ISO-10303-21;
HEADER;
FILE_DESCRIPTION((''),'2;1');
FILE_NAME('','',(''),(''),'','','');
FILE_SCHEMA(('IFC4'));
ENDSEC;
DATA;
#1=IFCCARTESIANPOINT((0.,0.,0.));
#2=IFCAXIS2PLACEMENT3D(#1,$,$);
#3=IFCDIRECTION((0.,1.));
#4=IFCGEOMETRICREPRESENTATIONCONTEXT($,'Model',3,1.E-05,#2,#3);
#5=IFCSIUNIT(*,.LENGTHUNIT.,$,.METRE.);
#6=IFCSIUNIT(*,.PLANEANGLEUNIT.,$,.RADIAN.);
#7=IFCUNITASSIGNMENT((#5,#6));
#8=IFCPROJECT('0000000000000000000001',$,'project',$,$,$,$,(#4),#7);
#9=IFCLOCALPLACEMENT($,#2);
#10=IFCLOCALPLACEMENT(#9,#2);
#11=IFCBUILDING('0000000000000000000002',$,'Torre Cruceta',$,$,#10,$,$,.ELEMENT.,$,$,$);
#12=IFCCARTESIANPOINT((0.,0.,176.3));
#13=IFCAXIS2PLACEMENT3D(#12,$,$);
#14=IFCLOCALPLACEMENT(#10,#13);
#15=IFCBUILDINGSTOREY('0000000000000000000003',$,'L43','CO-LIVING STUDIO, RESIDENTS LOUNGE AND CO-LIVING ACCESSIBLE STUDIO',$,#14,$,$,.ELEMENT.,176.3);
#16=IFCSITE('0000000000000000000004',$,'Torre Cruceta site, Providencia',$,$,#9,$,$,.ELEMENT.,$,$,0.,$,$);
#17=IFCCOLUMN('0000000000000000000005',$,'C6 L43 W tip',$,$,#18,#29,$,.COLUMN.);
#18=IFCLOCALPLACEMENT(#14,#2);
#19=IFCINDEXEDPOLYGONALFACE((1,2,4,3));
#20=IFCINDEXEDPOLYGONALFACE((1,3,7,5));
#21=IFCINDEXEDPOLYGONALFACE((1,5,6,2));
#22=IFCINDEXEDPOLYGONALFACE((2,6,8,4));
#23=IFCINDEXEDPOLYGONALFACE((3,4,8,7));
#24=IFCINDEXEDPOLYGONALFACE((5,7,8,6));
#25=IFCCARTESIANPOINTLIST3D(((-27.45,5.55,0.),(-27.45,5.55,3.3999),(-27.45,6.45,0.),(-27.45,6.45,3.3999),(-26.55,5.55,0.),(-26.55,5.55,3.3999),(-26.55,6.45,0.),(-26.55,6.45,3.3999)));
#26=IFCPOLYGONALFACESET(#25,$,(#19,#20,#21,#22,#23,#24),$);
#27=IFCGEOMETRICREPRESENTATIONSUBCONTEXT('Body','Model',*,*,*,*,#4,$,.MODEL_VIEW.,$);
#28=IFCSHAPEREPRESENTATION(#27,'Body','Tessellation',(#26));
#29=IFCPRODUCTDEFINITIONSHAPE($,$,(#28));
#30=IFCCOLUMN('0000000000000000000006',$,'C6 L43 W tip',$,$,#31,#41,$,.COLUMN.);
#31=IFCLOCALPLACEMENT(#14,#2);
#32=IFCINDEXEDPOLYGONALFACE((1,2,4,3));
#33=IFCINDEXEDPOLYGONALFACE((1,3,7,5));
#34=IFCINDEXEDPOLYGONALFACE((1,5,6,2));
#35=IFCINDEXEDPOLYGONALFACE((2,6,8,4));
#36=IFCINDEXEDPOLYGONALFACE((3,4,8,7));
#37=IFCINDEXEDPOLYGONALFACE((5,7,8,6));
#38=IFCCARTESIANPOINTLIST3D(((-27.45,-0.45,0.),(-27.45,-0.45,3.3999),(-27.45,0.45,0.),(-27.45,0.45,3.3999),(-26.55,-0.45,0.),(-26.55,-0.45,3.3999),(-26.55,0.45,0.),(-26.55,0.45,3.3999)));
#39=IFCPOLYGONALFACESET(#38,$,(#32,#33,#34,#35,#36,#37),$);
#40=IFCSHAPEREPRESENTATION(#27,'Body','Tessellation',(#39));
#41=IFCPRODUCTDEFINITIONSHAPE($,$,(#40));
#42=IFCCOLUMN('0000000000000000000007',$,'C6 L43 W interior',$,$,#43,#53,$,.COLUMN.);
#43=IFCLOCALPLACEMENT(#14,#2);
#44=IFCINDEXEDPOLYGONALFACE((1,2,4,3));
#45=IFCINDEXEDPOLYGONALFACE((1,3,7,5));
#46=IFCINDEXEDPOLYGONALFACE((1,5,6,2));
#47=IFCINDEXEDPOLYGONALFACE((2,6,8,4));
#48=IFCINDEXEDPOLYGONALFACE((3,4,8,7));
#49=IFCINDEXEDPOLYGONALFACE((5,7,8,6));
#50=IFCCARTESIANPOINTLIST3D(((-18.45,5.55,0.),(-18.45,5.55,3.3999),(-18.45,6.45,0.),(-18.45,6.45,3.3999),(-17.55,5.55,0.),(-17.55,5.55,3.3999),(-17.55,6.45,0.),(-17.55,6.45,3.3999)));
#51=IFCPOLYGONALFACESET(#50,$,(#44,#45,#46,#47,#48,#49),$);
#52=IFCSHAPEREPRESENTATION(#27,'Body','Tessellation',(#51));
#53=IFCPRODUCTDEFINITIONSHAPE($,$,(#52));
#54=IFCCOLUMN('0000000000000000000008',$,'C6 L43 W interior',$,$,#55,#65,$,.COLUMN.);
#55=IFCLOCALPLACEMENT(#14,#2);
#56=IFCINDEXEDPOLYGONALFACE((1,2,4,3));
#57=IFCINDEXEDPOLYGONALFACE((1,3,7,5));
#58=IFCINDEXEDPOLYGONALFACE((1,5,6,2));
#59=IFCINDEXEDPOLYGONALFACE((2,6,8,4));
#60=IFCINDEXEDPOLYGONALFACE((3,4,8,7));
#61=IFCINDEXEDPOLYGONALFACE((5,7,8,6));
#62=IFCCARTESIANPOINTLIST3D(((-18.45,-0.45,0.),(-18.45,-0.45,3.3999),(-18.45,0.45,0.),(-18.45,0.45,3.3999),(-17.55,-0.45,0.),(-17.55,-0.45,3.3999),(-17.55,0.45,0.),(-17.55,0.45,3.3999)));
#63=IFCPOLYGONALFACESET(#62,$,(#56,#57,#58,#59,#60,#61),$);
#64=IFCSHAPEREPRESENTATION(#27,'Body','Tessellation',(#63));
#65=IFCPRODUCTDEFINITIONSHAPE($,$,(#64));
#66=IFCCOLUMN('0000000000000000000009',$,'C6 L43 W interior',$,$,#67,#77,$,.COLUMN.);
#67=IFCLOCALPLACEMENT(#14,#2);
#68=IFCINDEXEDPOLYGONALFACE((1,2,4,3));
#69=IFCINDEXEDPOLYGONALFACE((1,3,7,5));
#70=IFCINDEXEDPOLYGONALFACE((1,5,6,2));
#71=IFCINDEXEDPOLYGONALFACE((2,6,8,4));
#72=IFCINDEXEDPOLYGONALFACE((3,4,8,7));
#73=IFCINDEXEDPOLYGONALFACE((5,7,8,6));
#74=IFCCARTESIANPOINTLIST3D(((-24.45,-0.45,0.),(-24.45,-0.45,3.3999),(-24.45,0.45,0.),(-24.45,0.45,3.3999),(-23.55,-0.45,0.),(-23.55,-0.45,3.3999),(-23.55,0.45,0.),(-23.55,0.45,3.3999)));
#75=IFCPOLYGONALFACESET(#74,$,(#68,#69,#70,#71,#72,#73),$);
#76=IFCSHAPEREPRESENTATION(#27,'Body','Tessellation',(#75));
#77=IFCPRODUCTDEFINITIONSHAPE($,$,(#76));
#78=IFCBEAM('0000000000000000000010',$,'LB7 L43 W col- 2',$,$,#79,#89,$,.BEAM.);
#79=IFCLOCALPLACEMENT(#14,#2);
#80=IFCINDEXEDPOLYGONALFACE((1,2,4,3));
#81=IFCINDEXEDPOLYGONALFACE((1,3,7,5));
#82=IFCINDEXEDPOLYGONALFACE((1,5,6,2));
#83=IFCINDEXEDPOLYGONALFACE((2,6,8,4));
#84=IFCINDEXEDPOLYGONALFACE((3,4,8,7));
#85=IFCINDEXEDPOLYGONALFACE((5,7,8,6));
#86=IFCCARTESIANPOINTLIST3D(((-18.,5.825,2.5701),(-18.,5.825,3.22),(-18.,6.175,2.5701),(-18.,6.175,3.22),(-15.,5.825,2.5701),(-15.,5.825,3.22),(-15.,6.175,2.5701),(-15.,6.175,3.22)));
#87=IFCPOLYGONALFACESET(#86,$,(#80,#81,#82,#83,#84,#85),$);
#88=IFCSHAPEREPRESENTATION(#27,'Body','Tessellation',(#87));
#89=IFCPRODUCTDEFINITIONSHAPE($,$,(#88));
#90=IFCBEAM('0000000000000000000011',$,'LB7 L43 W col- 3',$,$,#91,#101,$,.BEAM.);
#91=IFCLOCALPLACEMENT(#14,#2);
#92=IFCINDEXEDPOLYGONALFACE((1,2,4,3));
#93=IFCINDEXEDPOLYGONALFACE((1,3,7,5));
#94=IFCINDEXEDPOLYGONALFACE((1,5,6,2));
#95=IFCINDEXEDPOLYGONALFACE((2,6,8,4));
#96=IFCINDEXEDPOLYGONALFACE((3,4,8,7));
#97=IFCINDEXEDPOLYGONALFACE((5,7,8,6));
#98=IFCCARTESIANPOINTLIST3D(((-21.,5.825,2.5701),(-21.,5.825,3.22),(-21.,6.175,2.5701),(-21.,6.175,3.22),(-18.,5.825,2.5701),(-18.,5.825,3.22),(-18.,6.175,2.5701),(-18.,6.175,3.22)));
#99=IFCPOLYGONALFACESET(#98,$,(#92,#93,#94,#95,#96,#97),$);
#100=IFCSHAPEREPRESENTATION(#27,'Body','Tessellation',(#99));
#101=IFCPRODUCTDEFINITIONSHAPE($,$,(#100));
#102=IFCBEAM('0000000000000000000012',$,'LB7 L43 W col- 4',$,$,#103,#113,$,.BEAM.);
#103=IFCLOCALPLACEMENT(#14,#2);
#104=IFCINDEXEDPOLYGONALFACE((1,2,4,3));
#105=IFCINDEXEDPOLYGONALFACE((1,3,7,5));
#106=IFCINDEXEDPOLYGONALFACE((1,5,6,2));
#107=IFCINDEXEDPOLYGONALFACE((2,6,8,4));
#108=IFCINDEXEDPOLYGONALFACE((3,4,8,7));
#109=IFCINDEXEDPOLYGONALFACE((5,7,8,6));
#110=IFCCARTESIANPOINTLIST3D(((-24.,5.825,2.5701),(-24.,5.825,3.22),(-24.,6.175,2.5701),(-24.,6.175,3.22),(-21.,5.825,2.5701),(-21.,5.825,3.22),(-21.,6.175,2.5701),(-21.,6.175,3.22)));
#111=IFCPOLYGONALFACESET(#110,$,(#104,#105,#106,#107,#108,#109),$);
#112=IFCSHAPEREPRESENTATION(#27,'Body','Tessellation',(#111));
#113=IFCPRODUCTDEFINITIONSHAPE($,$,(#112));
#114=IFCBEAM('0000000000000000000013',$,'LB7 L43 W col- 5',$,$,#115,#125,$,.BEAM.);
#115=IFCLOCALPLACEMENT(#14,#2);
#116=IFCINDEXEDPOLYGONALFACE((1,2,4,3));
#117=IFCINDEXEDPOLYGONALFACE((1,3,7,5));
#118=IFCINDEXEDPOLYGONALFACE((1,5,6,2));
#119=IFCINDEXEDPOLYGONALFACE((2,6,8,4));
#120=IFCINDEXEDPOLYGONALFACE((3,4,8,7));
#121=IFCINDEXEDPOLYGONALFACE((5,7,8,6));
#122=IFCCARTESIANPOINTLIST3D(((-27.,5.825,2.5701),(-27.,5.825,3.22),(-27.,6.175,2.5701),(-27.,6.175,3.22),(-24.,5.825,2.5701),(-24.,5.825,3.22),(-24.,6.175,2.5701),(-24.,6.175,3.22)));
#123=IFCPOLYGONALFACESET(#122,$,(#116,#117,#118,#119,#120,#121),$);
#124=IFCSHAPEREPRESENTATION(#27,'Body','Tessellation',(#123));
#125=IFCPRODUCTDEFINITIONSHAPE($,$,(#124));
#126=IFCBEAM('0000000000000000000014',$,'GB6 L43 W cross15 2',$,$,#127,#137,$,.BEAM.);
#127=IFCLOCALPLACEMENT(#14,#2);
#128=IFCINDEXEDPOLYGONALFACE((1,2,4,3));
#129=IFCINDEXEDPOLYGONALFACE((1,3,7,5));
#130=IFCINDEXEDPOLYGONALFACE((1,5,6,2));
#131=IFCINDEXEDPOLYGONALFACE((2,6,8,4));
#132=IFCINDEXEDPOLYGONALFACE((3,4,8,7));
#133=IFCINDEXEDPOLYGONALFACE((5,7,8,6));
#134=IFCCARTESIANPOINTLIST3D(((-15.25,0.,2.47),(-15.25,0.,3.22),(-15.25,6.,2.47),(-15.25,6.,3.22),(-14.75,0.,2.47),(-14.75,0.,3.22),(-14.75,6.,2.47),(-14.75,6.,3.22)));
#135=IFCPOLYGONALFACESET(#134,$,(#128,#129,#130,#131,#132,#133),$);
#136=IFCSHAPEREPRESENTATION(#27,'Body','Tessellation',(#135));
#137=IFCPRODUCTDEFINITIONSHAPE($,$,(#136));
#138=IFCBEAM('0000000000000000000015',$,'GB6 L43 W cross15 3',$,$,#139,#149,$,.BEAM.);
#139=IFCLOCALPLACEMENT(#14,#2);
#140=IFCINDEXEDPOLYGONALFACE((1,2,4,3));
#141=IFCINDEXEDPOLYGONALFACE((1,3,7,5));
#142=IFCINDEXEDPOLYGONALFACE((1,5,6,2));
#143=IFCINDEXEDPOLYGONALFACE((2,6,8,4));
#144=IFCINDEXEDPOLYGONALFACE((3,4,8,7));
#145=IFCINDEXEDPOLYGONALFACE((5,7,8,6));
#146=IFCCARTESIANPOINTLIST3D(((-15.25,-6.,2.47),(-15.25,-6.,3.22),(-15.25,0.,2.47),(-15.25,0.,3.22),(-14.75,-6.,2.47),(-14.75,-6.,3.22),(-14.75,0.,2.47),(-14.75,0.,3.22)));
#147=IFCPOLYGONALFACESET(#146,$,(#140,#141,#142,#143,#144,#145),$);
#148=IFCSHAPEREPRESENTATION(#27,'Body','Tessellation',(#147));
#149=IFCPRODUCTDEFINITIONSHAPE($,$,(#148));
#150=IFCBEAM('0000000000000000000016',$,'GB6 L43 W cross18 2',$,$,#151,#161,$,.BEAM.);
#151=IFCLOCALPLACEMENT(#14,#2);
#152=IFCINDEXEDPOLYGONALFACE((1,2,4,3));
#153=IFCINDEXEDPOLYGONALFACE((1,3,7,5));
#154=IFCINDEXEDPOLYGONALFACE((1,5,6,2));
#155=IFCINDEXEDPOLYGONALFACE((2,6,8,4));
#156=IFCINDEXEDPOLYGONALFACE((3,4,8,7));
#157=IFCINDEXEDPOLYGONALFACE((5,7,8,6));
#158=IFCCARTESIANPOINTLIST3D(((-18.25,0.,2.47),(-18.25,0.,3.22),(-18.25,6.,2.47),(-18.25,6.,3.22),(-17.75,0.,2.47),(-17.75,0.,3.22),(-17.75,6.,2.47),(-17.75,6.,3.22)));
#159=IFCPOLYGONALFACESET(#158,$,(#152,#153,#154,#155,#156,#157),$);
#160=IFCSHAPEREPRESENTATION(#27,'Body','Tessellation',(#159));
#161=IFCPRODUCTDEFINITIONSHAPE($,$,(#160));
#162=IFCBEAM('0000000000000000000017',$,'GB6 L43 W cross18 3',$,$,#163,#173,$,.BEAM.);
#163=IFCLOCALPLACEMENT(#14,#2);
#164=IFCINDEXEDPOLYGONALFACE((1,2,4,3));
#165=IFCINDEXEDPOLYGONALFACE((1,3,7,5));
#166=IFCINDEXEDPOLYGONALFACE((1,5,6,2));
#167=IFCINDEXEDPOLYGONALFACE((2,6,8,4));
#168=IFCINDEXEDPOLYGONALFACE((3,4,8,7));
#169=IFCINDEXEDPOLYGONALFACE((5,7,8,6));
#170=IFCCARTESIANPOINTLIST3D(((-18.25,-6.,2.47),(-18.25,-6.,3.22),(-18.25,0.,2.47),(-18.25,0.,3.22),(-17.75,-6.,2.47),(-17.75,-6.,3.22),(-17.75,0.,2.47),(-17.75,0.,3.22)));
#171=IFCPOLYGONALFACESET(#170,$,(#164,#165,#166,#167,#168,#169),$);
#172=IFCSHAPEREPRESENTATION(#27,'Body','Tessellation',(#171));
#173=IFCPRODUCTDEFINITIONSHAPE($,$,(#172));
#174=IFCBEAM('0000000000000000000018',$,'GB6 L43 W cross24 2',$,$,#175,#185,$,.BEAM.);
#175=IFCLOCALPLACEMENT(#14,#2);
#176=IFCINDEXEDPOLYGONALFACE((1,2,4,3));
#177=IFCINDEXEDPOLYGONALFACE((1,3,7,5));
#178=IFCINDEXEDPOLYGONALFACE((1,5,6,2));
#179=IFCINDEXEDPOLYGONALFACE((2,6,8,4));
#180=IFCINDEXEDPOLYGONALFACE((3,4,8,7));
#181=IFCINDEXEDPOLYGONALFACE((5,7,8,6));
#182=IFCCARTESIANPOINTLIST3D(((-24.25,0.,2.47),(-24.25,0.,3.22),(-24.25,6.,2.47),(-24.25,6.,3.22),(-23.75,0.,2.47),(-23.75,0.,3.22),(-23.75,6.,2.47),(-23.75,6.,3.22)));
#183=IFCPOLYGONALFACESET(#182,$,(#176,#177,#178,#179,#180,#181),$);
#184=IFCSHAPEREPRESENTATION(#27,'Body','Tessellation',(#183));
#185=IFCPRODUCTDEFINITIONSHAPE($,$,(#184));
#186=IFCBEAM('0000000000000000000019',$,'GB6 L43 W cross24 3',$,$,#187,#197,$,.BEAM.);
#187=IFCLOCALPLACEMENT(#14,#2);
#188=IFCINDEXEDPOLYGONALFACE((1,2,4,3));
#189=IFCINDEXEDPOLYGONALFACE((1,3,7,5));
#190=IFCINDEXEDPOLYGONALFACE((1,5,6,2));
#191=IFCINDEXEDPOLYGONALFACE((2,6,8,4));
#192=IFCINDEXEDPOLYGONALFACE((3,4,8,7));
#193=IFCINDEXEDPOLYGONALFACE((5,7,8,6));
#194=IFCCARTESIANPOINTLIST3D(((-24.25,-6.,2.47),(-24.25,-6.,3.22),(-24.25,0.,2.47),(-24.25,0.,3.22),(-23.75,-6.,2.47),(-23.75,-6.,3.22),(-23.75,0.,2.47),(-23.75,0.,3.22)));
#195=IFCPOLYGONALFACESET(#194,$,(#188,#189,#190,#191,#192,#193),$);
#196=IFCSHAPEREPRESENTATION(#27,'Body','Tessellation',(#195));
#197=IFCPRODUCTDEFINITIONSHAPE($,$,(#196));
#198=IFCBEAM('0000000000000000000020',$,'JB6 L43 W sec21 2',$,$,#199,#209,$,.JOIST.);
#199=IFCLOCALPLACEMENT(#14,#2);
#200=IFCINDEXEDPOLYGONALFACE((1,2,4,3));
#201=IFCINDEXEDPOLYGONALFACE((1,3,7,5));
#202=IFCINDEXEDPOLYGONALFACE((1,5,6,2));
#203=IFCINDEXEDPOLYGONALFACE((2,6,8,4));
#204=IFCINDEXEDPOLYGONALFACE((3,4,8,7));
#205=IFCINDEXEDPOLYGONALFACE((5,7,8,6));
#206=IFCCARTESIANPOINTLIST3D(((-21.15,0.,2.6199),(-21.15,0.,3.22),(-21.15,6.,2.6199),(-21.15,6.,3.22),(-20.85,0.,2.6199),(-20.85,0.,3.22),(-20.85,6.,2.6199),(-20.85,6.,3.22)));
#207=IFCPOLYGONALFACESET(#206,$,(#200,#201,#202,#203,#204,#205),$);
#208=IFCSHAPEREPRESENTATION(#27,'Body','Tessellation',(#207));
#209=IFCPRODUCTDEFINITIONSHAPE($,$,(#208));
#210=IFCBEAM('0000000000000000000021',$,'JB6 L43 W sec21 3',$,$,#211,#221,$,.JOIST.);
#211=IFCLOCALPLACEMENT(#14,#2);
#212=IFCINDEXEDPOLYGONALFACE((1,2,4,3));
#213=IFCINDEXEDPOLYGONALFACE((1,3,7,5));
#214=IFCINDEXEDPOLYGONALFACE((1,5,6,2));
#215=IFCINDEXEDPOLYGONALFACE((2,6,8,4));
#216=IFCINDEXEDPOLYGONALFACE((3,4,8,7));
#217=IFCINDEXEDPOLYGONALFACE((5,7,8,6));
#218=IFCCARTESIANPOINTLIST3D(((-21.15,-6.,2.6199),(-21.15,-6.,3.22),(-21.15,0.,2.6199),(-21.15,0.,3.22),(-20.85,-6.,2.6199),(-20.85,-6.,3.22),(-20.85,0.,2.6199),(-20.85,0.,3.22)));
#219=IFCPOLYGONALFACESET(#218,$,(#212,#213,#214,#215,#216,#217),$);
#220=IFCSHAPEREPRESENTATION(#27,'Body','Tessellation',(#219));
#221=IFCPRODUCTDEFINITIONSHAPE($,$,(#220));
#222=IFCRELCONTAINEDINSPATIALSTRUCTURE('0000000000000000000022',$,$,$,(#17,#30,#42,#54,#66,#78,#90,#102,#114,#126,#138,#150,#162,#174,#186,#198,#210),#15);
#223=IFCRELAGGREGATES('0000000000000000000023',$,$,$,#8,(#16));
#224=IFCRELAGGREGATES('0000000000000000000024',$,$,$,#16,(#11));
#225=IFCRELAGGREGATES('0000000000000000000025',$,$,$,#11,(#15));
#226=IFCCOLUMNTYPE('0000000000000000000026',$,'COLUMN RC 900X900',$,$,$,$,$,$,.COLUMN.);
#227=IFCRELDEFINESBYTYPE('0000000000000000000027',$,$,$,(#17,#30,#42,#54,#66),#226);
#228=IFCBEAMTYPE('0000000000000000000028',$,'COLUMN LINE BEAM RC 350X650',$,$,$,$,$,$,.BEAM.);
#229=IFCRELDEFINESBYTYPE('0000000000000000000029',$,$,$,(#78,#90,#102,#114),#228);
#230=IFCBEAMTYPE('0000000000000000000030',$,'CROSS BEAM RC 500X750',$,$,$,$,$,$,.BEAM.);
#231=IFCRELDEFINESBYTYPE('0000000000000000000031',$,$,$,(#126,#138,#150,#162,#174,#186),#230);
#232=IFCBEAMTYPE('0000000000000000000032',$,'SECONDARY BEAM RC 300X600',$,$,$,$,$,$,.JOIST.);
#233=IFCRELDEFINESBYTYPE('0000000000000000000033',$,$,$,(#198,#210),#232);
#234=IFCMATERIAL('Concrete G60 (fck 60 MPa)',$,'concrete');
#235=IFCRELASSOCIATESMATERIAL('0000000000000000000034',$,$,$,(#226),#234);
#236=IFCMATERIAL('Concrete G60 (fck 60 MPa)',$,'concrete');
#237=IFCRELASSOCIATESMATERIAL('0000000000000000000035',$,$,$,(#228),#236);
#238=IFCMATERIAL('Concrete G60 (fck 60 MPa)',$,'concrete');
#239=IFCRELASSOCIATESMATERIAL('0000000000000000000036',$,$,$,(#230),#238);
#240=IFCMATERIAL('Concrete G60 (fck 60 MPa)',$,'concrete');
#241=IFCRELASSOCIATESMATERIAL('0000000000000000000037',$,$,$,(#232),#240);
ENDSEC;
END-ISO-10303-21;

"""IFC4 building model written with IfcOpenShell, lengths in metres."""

from ifc_helpers import new_model, si_unit, direction, frame, origin, origin_2d, place, context, subcontext, project, spatial, rectangle, extrude, material, material_profile, profile_set, type_object, element, save


model = new_model("IFC4")

# Units and contexts
model_context = context("Model", 3, precision=1e-05, world=origin(), true_north=direction((0.0, 1.0)))
body_context = subcontext(model_context, "Body", "Model", "MODEL_VIEW")
ifc_project = project(units=[si_unit("LENGTHUNIT", "METRE"), si_unit("PLANEANGLEUNIT", "RADIAN")], contexts=[model_context])

# Site, building, storey
site_placement = place(None, origin())
site = spatial("IfcSite", under=ifc_project, at=site_placement, Name="Torre Cruceta site, Providencia", CompositionType="ELEMENT", RefElevation=0.0)
building_placement = place(site_placement, origin())
building = spatial("IfcBuilding", under=site, at=building_placement, Name="Torre Cruceta", CompositionType="ELEMENT")
storey_placement = place(building_placement, frame((0.0, 0.0, 176.3)))
storey = spatial("IfcBuildingStorey", under=building, at=storey_placement, Name="L43", Description="CO-LIVING STUDIO, RESIDENTS LOUNGE AND CO-LIVING ACCESSIBLE STUDIO", CompositionType="ELEMENT", Elevation=176.3)

# Columns
ifc_material_1 = material(Name="Concrete G60 (fck 60 MPa)", Category="concrete")
ifc_material_profile_1 = material_profile(ifc_material_1, rectangle(XDim=0.8999, YDim=0.8999, at=origin_2d()), Name="RC 900X900")
ifc_profile_set_1 = profile_set([ifc_material_profile_1], Name="Concrete G60 (fck 60 MPa)")
column_type = type_object("IfcColumnType", Name="COLUMN RC 900X900", PredefinedType="COLUMN", material=ifc_profile_set_1)
for number, where, z_axis, x_axis, name in (
    (1, (-27.0, 6.0, 0.0), (0.0, 0.0, 1.0), (1.0, 0.0, 0.0), "C6 L43 W tip"),
    (2, (-27.0, 0.0, 0.0), (0.0, 0.0, 1.0), (1.0, 0.0, 0.0), "C6 L43 W tip"),
    (3, (-18.0, 6.0, 0.0), (0.0, 0.0, 1.0), (1.0, 0.0, 0.0), "C6 L43 W interior"),
    (4, (-18.0, 0.0, 0.0), (0.0, 0.0, 1.0), (1.0, 0.0, 0.0), "C6 L43 W interior"),
    (5, (-24.0, 0.0, 0.0), (0.0, 0.0, 1.0), (1.0, 0.0, 0.0), "C6 L43 W interior"),
):
    element("IfcColumn", number, at=place(storey_placement, frame(where, z_axis=z_axis, x_axis=x_axis)), inside=storey, type_object=column_type, Name=name, PredefinedType="COLUMN", context=body_context, shape_type="SweptSolid", body=[
        extrude(rectangle(XDim=0.8999, YDim=0.8999, at=origin_2d()), origin(), (0.0, 0.0, 1.0), 3.3999),
    ])

# Beams
ifc_material_2 = material(Name="Concrete G60 (fck 60 MPa)", Category="concrete")
ifc_material_profile_2 = material_profile(ifc_material_2, rectangle(XDim=0.3501, YDim=0.6499, at=origin_2d()), Name="RC 350X650")
ifc_profile_set_2 = profile_set([ifc_material_profile_2], Name="Concrete G60 (fck 60 MPa)")
beam_type_1 = type_object("IfcBeamType", Name="COLUMN LINE BEAM RC 350X650", PredefinedType="BEAM", material=ifc_profile_set_2)
for number, where, z_axis, x_axis, name in (
    (6, (-15.0, 6.0, 2.895), (-1.0, 0.0, 0.0), (0.0, -1.0, 0.0), "LB7 L43 W col- 2"),
    (7, (-18.0, 6.0, 2.895), (-1.0, 0.0, 0.0), (0.0, -1.0, 0.0), "LB7 L43 W col- 3"),
    (8, (-21.0, 6.0, 2.895), (-1.0, 0.0, 0.0), (0.0, -1.0, 0.0), "LB7 L43 W col- 4"),
    (9, (-24.0, 6.0, 2.895), (-1.0, 0.0, 0.0), (0.0, -1.0, 0.0), "LB7 L43 W col- 5"),
):
    element("IfcBeam", number, at=place(storey_placement, frame(where, z_axis=z_axis, x_axis=x_axis)), inside=storey, type_object=beam_type_1, Name=name, PredefinedType="BEAM", context=body_context, shape_type="SweptSolid", body=[
        extrude(rectangle(XDim=0.3501, YDim=0.6499, at=origin_2d()), origin(), (0.0, 0.0, 1.0), 3.0),
    ])
ifc_material_3 = material(Name="Concrete G60 (fck 60 MPa)", Category="concrete")
ifc_material_profile_3 = material_profile(ifc_material_3, rectangle(XDim=0.5, YDim=0.75, at=origin_2d()), Name="RC 500X750")
ifc_profile_set_3 = profile_set([ifc_material_profile_3], Name="Concrete G60 (fck 60 MPa)")
beam_type_2 = type_object("IfcBeamType", Name="CROSS BEAM RC 500X750", PredefinedType="BEAM", material=ifc_profile_set_3)
for number, where, z_axis, x_axis, name in (
    (10, (-15.0, 6.0, 2.845), (0.0, -1.0, 0.0), (1.0, 0.0, 0.0), "GB6 L43 W cross15 2"),
    (11, (-15.0, 0.0, 2.845), (0.0, -1.0, 0.0), (1.0, 0.0, 0.0), "GB6 L43 W cross15 3"),
    (12, (-18.0, 6.0, 2.845), (0.0, -1.0, 0.0), (1.0, 0.0, 0.0), "GB6 L43 W cross18 2"),
    (13, (-18.0, 0.0, 2.845), (0.0, -1.0, 0.0), (1.0, 0.0, 0.0), "GB6 L43 W cross18 3"),
    (14, (-24.0, 6.0, 2.845), (0.0, -1.0, 0.0), (1.0, 0.0, 0.0), "GB6 L43 W cross24 2"),
    (15, (-24.0, 0.0, 2.845), (0.0, -1.0, 0.0), (1.0, 0.0, 0.0), "GB6 L43 W cross24 3"),
):
    element("IfcBeam", number, at=place(storey_placement, frame(where, z_axis=z_axis, x_axis=x_axis)), inside=storey, type_object=beam_type_2, Name=name, PredefinedType="BEAM", context=body_context, shape_type="SweptSolid", body=[
        extrude(rectangle(XDim=0.5, YDim=0.75, at=origin_2d()), origin(), (0.0, 0.0, 1.0), 6.0),
    ])
ifc_material_4 = material(Name="Concrete G60 (fck 60 MPa)", Category="concrete")
ifc_material_profile_4 = material_profile(ifc_material_4, rectangle(XDim=0.3, YDim=0.6001, at=origin_2d()), Name="RC 300X600")
ifc_profile_set_4 = profile_set([ifc_material_profile_4], Name="Concrete G60 (fck 60 MPa)")
beam_type_3 = type_object("IfcBeamType", Name="SECONDARY BEAM RC 300X600", PredefinedType="JOIST", material=ifc_profile_set_4)
for number, where, z_axis, x_axis, name in (
    (16, (-21.0, 6.0, 2.9199), (0.0, -1.0, 0.0), (1.0, 0.0, 0.0), "JB6 L43 W sec21 2"),
    (17, (-21.0, 0.0, 2.9199), (0.0, -1.0, 0.0), (1.0, 0.0, 0.0), "JB6 L43 W sec21 3"),
):
    element("IfcBeam", number, at=place(storey_placement, frame(where, z_axis=z_axis, x_axis=x_axis)), inside=storey, type_object=beam_type_3, Name=name, PredefinedType="JOIST", context=body_context, shape_type="SweptSolid", body=[
        extrude(rectangle(XDim=0.3, YDim=0.6001, at=origin_2d()), origin(), (0.0, 0.0, 1.0), 6.0),
    ])

save(model, "model.ifc")
